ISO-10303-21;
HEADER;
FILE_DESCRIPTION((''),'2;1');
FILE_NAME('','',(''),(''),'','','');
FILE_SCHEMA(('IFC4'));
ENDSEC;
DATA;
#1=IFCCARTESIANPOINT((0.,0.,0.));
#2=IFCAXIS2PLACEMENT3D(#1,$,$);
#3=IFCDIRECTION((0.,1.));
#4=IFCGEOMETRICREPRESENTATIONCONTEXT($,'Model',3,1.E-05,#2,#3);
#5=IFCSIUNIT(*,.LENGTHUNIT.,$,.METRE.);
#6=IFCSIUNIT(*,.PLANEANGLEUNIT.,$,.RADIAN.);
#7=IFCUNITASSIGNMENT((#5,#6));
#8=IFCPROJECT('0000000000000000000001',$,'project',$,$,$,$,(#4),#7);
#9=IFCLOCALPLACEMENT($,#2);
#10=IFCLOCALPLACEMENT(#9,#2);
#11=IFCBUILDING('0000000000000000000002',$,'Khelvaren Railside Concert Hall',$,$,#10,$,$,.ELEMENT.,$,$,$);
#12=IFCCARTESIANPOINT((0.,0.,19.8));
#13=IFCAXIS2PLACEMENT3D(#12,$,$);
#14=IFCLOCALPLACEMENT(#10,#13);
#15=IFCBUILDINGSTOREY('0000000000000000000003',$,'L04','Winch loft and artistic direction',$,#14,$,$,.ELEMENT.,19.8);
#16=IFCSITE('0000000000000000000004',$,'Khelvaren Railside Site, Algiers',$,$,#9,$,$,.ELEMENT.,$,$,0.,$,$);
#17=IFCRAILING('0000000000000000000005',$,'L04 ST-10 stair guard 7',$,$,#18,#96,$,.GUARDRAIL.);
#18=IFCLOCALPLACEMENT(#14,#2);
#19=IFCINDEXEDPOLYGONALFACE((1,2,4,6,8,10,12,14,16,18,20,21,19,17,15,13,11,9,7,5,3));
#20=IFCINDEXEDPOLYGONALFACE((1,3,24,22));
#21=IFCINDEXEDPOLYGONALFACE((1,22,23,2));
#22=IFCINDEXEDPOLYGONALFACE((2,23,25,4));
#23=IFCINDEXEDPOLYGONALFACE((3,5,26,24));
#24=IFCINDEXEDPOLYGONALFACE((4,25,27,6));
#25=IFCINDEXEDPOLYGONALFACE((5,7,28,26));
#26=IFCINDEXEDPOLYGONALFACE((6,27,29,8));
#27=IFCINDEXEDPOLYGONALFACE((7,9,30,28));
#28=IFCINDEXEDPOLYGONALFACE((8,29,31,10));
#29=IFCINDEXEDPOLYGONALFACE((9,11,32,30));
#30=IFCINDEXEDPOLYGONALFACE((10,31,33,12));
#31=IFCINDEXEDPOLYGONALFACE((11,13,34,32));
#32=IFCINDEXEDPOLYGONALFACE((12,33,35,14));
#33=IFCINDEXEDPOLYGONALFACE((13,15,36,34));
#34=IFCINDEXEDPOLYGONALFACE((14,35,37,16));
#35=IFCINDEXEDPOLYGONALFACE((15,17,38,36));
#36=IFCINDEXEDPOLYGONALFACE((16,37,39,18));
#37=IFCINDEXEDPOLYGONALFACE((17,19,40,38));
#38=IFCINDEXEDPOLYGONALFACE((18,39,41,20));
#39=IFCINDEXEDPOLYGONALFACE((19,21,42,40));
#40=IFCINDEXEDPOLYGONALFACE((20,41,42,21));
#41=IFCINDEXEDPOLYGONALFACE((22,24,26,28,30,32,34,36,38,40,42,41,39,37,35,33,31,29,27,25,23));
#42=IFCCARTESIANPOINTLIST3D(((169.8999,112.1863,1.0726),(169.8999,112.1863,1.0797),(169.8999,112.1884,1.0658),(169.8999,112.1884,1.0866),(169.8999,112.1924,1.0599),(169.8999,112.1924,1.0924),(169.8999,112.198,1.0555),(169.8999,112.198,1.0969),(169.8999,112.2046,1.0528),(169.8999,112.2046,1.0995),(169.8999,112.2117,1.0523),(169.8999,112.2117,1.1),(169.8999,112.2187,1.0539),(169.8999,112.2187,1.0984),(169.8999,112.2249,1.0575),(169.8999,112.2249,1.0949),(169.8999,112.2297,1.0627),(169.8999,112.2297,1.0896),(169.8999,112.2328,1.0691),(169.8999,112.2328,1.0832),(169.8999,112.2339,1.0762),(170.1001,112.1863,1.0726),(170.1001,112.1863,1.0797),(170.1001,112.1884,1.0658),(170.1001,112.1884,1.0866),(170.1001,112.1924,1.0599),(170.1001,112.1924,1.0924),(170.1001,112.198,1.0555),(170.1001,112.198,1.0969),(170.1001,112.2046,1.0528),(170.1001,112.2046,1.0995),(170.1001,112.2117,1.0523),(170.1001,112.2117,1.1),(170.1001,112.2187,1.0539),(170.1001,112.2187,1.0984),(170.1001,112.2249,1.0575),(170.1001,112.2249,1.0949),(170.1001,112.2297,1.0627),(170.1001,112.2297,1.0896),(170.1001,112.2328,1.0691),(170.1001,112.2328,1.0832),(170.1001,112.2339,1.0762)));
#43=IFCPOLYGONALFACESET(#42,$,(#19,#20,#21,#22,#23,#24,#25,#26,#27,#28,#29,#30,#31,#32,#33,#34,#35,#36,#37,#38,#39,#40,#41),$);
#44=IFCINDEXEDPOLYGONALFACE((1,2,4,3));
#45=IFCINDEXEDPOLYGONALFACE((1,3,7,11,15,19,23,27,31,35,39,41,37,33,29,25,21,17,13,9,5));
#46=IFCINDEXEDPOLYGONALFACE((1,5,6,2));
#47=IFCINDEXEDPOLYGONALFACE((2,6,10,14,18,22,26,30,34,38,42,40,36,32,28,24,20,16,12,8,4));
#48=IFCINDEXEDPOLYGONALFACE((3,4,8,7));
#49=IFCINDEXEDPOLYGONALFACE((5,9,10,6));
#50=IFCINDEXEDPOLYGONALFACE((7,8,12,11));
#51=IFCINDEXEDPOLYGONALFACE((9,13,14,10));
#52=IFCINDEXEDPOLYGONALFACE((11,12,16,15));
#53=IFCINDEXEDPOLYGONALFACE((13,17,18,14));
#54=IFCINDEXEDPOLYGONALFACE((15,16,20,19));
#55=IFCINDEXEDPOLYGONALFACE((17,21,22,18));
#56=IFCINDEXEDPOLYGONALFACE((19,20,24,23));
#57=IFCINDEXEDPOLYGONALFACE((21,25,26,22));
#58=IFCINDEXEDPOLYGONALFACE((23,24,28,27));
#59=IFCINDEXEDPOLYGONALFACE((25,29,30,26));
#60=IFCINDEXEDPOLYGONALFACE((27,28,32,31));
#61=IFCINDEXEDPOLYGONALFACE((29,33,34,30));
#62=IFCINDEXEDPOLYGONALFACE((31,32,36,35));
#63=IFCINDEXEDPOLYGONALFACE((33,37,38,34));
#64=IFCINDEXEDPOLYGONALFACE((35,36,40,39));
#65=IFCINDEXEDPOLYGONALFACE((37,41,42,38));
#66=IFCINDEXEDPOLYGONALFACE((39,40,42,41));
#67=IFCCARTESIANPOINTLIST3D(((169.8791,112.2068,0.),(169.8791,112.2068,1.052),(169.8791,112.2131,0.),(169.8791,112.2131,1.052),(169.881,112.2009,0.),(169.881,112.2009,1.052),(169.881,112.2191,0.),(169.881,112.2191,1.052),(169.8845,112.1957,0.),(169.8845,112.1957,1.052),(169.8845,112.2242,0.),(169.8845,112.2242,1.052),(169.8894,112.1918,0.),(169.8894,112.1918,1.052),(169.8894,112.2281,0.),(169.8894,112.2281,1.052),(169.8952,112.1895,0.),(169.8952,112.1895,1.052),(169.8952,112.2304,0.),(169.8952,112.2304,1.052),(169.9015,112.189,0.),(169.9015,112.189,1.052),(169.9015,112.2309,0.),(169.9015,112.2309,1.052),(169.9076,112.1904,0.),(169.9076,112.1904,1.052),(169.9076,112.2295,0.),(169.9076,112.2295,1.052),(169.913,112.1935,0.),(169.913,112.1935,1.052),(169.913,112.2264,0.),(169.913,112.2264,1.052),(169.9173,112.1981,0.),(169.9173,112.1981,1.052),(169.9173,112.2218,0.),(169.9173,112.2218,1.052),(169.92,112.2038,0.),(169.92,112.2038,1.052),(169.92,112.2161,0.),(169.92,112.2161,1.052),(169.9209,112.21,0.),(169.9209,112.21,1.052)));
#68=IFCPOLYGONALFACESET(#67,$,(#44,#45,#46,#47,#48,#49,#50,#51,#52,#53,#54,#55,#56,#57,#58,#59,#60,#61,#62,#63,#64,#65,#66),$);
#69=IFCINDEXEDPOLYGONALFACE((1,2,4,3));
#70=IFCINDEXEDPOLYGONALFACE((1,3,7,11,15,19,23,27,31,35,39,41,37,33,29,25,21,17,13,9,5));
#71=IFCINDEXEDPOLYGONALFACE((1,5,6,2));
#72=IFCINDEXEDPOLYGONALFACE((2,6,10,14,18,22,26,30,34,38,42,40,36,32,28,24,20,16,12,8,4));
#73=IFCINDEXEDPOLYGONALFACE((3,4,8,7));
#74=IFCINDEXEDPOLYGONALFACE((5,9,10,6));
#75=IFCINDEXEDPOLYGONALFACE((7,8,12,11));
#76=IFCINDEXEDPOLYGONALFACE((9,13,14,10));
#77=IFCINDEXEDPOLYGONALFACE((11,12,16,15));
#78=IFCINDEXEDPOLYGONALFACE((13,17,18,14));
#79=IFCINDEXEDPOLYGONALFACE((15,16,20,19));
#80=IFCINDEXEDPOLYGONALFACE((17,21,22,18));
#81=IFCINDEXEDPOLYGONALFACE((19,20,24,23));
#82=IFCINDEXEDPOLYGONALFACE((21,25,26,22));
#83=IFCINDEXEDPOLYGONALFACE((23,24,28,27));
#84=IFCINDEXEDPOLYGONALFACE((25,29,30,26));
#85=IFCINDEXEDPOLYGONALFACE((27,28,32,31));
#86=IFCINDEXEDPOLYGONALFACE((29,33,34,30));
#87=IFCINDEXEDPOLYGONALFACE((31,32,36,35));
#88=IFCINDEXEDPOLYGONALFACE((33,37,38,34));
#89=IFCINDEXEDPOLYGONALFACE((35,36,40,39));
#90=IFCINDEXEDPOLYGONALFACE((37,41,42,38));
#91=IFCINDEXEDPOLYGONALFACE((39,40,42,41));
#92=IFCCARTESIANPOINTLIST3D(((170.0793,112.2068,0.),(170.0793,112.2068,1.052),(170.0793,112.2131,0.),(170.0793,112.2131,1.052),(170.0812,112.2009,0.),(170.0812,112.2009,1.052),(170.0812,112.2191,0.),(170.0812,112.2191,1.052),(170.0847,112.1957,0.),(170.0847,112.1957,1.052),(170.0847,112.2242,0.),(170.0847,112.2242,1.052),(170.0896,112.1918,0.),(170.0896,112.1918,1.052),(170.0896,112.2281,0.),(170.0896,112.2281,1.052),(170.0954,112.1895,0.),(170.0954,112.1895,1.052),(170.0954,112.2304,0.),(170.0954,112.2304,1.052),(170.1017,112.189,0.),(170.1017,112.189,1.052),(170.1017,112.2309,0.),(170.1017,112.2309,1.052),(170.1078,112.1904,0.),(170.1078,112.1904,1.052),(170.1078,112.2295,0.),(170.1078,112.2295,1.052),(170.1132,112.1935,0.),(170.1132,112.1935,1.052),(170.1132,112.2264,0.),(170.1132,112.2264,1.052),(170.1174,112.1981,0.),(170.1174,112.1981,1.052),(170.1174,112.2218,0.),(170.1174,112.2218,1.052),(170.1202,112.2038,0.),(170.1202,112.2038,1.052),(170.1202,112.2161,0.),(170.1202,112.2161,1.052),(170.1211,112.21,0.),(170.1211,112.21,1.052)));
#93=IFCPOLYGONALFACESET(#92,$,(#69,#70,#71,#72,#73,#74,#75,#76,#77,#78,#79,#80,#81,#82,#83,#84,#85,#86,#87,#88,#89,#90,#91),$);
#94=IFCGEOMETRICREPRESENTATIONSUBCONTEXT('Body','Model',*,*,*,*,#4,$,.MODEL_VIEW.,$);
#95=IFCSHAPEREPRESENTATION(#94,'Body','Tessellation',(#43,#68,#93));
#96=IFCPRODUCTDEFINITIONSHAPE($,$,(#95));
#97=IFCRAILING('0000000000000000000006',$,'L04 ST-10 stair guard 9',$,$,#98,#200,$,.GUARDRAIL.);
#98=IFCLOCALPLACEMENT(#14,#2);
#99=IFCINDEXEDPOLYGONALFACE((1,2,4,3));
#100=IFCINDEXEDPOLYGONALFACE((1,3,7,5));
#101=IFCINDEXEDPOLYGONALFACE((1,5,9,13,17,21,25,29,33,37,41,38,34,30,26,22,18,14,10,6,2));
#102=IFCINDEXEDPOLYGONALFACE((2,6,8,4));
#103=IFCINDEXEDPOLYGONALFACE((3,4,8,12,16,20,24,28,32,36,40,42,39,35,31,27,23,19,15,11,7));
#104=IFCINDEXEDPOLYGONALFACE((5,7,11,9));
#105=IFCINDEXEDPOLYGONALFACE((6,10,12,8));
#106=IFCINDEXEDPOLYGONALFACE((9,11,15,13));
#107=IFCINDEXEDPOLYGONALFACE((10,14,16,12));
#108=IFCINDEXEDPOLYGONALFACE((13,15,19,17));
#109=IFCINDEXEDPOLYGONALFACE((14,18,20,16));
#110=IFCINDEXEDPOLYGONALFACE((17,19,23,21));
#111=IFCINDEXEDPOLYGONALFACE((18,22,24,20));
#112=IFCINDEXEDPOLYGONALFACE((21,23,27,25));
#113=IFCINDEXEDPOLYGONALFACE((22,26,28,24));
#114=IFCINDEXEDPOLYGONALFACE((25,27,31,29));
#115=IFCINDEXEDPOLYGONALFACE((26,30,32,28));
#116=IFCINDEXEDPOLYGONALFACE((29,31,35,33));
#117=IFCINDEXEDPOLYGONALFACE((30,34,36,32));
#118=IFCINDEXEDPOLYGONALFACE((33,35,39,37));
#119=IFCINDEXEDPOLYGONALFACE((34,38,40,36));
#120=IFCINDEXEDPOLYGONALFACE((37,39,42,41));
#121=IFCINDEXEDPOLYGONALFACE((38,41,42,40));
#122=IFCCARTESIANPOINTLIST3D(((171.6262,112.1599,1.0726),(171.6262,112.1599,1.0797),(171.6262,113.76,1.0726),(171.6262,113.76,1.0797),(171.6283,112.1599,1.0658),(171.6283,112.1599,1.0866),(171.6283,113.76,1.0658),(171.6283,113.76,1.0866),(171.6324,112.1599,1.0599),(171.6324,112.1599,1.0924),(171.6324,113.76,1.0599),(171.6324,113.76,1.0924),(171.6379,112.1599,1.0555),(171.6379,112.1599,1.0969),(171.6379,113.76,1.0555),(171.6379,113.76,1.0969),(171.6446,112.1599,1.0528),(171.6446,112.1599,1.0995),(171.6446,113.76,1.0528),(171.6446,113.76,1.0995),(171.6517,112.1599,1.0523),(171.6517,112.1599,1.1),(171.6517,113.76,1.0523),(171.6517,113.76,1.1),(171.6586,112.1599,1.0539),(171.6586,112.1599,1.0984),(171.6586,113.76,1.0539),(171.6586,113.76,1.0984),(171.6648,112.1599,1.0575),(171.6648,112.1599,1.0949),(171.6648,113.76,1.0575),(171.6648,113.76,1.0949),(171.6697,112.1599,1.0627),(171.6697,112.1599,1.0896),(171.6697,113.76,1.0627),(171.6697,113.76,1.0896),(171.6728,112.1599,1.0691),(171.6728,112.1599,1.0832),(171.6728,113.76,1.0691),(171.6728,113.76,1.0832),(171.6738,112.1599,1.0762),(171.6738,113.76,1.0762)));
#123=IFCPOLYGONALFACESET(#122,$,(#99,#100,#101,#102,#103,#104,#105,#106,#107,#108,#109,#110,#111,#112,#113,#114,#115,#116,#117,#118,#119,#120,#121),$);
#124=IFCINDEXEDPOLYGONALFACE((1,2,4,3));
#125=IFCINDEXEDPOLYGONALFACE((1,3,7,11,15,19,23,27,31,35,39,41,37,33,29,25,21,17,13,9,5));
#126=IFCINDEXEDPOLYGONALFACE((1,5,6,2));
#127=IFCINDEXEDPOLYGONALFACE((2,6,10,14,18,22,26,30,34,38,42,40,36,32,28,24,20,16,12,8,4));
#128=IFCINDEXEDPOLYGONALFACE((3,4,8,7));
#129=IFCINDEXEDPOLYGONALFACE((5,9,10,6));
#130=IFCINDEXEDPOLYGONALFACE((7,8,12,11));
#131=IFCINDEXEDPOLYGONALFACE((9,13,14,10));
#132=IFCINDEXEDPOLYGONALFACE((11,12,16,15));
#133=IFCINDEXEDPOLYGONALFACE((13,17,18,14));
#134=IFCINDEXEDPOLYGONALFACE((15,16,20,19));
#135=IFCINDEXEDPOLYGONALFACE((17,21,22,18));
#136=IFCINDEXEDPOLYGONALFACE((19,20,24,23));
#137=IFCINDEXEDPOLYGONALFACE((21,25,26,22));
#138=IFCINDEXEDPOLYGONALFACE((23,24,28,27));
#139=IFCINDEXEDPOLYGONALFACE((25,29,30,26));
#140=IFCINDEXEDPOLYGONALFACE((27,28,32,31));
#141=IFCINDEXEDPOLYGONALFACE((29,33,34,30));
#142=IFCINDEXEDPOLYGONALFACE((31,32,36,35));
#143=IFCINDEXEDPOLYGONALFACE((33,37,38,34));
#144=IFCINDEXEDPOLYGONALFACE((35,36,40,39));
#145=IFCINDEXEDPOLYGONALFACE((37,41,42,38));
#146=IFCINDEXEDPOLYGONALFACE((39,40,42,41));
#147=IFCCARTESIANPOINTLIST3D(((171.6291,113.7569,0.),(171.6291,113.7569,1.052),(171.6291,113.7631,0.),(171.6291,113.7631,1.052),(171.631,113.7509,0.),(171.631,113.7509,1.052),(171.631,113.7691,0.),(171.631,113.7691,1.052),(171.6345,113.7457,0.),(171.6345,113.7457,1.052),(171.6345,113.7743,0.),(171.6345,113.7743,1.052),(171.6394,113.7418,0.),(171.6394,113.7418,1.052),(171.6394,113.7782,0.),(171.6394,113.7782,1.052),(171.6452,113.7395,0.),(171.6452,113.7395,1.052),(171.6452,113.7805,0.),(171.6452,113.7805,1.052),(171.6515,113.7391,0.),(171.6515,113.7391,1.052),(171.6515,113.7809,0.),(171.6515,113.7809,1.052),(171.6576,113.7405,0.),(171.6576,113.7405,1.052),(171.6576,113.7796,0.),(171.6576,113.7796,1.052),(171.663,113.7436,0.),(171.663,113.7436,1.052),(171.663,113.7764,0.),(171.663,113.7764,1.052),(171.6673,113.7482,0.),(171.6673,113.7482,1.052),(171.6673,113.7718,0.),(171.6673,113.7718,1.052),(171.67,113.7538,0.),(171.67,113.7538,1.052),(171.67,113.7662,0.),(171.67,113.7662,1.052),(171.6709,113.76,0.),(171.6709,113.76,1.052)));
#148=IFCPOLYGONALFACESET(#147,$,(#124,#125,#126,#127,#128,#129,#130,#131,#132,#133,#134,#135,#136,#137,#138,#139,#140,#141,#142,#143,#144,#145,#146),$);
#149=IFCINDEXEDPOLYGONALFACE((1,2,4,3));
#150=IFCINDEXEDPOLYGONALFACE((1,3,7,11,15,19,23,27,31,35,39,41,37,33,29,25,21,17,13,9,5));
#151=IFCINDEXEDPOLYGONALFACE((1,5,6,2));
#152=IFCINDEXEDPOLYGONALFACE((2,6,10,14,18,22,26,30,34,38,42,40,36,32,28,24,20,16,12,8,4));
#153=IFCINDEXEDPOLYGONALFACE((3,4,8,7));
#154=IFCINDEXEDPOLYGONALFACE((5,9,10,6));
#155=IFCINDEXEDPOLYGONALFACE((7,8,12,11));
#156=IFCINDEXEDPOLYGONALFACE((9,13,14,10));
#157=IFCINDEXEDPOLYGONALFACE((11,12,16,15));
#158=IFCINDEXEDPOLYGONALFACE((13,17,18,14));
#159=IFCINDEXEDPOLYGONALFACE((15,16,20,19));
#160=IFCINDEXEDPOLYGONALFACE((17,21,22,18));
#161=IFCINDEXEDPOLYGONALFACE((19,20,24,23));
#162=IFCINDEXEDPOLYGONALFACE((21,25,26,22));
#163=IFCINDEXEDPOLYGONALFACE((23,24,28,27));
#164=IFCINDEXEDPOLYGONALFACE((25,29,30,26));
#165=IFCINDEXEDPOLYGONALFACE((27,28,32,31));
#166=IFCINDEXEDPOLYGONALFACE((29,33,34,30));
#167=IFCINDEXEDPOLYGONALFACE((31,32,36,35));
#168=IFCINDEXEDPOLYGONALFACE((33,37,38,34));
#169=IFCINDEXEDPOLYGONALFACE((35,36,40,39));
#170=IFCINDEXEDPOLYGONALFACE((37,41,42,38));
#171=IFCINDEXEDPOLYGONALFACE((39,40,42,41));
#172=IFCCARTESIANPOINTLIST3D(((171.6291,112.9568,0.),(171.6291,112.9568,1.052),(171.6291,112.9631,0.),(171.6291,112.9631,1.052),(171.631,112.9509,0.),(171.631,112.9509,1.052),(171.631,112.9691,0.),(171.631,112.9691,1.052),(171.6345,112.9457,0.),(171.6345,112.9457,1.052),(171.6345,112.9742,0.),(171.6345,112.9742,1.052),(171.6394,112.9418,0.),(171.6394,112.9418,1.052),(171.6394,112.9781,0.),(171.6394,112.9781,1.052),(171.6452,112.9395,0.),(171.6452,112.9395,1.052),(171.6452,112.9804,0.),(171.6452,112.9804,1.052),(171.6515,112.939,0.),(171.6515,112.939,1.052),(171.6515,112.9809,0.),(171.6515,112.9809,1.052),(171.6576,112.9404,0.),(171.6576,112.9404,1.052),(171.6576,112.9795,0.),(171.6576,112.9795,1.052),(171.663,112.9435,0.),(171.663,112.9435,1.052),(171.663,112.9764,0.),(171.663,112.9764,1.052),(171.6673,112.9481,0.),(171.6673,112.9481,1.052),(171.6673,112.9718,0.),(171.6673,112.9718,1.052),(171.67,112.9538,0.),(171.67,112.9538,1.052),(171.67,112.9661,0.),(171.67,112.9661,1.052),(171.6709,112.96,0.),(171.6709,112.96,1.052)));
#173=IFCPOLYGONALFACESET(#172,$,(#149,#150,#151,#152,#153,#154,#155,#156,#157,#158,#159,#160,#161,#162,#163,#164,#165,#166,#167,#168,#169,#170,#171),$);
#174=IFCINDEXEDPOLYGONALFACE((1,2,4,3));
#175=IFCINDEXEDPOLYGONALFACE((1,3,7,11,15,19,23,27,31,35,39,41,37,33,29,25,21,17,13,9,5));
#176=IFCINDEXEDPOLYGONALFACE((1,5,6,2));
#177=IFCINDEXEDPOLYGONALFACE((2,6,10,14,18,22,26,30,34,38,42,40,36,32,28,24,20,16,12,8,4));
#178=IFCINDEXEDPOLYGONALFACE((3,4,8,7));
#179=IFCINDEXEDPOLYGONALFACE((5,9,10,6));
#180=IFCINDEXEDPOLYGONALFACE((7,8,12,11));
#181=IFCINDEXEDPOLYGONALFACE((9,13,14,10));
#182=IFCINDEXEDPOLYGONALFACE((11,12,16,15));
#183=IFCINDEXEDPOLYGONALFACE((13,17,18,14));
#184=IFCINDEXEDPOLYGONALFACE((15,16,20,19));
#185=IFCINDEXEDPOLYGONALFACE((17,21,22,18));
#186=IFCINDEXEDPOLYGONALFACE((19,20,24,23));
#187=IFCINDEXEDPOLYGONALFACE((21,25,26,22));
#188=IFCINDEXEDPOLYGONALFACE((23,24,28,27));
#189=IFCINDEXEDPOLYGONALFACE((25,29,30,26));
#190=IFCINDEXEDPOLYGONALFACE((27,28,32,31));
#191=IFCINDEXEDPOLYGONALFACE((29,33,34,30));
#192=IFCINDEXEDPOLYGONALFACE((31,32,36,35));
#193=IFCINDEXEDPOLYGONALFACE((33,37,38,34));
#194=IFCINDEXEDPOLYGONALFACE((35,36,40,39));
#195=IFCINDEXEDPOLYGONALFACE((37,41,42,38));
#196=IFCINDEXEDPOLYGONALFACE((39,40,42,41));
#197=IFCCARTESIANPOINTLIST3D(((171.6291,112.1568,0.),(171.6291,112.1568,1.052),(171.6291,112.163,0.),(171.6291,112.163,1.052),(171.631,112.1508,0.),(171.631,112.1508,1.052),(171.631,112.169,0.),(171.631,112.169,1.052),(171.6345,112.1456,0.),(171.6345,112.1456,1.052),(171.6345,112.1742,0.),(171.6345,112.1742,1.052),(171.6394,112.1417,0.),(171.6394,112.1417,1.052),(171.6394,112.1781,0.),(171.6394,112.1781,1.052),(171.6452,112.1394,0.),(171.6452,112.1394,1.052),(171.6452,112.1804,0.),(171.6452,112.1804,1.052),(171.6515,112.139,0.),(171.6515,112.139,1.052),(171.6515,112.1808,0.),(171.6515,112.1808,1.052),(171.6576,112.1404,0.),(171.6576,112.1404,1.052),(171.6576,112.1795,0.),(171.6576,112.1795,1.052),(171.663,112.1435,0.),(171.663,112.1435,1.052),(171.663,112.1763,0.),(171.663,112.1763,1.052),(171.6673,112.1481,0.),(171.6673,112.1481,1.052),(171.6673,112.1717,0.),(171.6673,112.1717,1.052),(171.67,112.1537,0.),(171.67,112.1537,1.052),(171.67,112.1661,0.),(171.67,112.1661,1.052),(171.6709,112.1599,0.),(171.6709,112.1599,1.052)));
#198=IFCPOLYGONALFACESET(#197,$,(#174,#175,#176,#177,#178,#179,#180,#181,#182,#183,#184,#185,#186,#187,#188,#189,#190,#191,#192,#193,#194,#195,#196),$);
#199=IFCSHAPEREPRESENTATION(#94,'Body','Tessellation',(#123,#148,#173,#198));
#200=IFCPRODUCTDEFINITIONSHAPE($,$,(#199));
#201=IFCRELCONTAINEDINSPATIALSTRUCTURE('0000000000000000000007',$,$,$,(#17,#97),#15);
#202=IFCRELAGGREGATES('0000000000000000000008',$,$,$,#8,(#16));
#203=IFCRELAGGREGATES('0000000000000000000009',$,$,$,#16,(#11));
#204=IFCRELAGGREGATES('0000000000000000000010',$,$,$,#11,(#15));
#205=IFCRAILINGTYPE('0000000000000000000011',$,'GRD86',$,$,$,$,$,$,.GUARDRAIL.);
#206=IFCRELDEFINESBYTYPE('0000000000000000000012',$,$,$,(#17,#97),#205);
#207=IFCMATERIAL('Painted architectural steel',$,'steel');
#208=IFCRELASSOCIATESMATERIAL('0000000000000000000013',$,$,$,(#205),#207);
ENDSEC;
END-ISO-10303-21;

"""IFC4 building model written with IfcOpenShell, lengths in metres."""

from ifc_helpers import new_model, si_unit, direction, frame, origin, origin_2d, place, context, subcontext, project, spatial, circle, extrude, material, type_object, element, save


model = new_model("IFC4")

# Units and contexts
model_context = context("Model", 3, precision=1e-05, world=origin(), true_north=direction((0.0, 1.0)))
body_context = subcontext(model_context, "Body", "Model", "MODEL_VIEW")
ifc_project = project(units=[si_unit("LENGTHUNIT", "METRE"), si_unit("PLANEANGLEUNIT", "RADIAN")], contexts=[model_context])

# Site, building, storey
site_placement = place(None, origin())
site = spatial("IfcSite", under=ifc_project, at=site_placement, Name="Khelvaren Railside Site, Algiers", CompositionType="ELEMENT", RefElevation=0.0)
building_placement = place(site_placement, origin())
building = spatial("IfcBuilding", under=site, at=building_placement, Name="Khelvaren Railside Concert Hall", CompositionType="ELEMENT")
storey_placement = place(building_placement, frame((0.0, 0.0, 19.8)))
storey = spatial("IfcBuildingStorey", under=building, at=storey_placement, Name="L04", Description="Winch loft and artistic direction", CompositionType="ELEMENT", Elevation=19.8)

# Railings
ifc_material_1 = material(Name="Painted architectural steel", Category="steel")
railing_type_1 = type_object("IfcRailingType", Name="GRD86", PredefinedType="GUARDRAIL", material=ifc_material_1)
railing_1_placement = place(storey_placement, frame((169.8999, 112.21, 0.0)))
element("IfcRailing", 1, at=railing_1_placement, inside=storey, type_object=railing_type_1, Name="L04 ST-10 stair guard 7", PredefinedType="GUARDRAIL", context=body_context, shape_type="SweptSolid", body=[
    extrude(circle(Radius=0.0239, at=origin_2d()), frame((0.0, 0.0, 1.0762), z_axis=(1.0, 0.0, 0.0), x_axis=(0.0, 1.0, 0.0)), (0.0, 0.0, 1.0), 0.2002),
    extrude(circle(Radius=0.021, at=origin_2d()), origin(), (0.0, 0.0, 1.0), 1.052),
    extrude(circle(Radius=0.021, at=origin_2d()), frame((0.2002, 0.0, 0.0)), (0.0, 0.0, 1.0), 1.052),
])
railing_2_placement = place(storey_placement, frame((171.6499, 113.76, 0.0)))
element("IfcRailing", 2, at=railing_2_placement, inside=storey, type_object=railing_type_1, Name="L04 ST-10 stair guard 9", PredefinedType="GUARDRAIL", context=body_context, shape_type="SweptSolid", body=[
    extrude(circle(Radius=0.0239, at=origin_2d()), frame((0.0, 0.0, 1.0762), z_axis=(0.0, -1.0, 0.0), x_axis=(1.0, 0.0, 0.0)), (0.0, 0.0, 1.0), 1.6001),
    extrude(circle(Radius=0.021, at=origin_2d()), origin(), (0.0, 0.0, 1.0), 1.052),
    extrude(circle(Radius=0.021, at=origin_2d()), frame((0.0, -0.8, 0.0)), (0.0, 0.0, 1.0), 1.052),
    extrude(circle(Radius=0.021, at=origin_2d()), frame((0.0, -1.6001, 0.0)), (0.0, 0.0, 1.0), 1.052),
])

save(model, "model.ifc")
